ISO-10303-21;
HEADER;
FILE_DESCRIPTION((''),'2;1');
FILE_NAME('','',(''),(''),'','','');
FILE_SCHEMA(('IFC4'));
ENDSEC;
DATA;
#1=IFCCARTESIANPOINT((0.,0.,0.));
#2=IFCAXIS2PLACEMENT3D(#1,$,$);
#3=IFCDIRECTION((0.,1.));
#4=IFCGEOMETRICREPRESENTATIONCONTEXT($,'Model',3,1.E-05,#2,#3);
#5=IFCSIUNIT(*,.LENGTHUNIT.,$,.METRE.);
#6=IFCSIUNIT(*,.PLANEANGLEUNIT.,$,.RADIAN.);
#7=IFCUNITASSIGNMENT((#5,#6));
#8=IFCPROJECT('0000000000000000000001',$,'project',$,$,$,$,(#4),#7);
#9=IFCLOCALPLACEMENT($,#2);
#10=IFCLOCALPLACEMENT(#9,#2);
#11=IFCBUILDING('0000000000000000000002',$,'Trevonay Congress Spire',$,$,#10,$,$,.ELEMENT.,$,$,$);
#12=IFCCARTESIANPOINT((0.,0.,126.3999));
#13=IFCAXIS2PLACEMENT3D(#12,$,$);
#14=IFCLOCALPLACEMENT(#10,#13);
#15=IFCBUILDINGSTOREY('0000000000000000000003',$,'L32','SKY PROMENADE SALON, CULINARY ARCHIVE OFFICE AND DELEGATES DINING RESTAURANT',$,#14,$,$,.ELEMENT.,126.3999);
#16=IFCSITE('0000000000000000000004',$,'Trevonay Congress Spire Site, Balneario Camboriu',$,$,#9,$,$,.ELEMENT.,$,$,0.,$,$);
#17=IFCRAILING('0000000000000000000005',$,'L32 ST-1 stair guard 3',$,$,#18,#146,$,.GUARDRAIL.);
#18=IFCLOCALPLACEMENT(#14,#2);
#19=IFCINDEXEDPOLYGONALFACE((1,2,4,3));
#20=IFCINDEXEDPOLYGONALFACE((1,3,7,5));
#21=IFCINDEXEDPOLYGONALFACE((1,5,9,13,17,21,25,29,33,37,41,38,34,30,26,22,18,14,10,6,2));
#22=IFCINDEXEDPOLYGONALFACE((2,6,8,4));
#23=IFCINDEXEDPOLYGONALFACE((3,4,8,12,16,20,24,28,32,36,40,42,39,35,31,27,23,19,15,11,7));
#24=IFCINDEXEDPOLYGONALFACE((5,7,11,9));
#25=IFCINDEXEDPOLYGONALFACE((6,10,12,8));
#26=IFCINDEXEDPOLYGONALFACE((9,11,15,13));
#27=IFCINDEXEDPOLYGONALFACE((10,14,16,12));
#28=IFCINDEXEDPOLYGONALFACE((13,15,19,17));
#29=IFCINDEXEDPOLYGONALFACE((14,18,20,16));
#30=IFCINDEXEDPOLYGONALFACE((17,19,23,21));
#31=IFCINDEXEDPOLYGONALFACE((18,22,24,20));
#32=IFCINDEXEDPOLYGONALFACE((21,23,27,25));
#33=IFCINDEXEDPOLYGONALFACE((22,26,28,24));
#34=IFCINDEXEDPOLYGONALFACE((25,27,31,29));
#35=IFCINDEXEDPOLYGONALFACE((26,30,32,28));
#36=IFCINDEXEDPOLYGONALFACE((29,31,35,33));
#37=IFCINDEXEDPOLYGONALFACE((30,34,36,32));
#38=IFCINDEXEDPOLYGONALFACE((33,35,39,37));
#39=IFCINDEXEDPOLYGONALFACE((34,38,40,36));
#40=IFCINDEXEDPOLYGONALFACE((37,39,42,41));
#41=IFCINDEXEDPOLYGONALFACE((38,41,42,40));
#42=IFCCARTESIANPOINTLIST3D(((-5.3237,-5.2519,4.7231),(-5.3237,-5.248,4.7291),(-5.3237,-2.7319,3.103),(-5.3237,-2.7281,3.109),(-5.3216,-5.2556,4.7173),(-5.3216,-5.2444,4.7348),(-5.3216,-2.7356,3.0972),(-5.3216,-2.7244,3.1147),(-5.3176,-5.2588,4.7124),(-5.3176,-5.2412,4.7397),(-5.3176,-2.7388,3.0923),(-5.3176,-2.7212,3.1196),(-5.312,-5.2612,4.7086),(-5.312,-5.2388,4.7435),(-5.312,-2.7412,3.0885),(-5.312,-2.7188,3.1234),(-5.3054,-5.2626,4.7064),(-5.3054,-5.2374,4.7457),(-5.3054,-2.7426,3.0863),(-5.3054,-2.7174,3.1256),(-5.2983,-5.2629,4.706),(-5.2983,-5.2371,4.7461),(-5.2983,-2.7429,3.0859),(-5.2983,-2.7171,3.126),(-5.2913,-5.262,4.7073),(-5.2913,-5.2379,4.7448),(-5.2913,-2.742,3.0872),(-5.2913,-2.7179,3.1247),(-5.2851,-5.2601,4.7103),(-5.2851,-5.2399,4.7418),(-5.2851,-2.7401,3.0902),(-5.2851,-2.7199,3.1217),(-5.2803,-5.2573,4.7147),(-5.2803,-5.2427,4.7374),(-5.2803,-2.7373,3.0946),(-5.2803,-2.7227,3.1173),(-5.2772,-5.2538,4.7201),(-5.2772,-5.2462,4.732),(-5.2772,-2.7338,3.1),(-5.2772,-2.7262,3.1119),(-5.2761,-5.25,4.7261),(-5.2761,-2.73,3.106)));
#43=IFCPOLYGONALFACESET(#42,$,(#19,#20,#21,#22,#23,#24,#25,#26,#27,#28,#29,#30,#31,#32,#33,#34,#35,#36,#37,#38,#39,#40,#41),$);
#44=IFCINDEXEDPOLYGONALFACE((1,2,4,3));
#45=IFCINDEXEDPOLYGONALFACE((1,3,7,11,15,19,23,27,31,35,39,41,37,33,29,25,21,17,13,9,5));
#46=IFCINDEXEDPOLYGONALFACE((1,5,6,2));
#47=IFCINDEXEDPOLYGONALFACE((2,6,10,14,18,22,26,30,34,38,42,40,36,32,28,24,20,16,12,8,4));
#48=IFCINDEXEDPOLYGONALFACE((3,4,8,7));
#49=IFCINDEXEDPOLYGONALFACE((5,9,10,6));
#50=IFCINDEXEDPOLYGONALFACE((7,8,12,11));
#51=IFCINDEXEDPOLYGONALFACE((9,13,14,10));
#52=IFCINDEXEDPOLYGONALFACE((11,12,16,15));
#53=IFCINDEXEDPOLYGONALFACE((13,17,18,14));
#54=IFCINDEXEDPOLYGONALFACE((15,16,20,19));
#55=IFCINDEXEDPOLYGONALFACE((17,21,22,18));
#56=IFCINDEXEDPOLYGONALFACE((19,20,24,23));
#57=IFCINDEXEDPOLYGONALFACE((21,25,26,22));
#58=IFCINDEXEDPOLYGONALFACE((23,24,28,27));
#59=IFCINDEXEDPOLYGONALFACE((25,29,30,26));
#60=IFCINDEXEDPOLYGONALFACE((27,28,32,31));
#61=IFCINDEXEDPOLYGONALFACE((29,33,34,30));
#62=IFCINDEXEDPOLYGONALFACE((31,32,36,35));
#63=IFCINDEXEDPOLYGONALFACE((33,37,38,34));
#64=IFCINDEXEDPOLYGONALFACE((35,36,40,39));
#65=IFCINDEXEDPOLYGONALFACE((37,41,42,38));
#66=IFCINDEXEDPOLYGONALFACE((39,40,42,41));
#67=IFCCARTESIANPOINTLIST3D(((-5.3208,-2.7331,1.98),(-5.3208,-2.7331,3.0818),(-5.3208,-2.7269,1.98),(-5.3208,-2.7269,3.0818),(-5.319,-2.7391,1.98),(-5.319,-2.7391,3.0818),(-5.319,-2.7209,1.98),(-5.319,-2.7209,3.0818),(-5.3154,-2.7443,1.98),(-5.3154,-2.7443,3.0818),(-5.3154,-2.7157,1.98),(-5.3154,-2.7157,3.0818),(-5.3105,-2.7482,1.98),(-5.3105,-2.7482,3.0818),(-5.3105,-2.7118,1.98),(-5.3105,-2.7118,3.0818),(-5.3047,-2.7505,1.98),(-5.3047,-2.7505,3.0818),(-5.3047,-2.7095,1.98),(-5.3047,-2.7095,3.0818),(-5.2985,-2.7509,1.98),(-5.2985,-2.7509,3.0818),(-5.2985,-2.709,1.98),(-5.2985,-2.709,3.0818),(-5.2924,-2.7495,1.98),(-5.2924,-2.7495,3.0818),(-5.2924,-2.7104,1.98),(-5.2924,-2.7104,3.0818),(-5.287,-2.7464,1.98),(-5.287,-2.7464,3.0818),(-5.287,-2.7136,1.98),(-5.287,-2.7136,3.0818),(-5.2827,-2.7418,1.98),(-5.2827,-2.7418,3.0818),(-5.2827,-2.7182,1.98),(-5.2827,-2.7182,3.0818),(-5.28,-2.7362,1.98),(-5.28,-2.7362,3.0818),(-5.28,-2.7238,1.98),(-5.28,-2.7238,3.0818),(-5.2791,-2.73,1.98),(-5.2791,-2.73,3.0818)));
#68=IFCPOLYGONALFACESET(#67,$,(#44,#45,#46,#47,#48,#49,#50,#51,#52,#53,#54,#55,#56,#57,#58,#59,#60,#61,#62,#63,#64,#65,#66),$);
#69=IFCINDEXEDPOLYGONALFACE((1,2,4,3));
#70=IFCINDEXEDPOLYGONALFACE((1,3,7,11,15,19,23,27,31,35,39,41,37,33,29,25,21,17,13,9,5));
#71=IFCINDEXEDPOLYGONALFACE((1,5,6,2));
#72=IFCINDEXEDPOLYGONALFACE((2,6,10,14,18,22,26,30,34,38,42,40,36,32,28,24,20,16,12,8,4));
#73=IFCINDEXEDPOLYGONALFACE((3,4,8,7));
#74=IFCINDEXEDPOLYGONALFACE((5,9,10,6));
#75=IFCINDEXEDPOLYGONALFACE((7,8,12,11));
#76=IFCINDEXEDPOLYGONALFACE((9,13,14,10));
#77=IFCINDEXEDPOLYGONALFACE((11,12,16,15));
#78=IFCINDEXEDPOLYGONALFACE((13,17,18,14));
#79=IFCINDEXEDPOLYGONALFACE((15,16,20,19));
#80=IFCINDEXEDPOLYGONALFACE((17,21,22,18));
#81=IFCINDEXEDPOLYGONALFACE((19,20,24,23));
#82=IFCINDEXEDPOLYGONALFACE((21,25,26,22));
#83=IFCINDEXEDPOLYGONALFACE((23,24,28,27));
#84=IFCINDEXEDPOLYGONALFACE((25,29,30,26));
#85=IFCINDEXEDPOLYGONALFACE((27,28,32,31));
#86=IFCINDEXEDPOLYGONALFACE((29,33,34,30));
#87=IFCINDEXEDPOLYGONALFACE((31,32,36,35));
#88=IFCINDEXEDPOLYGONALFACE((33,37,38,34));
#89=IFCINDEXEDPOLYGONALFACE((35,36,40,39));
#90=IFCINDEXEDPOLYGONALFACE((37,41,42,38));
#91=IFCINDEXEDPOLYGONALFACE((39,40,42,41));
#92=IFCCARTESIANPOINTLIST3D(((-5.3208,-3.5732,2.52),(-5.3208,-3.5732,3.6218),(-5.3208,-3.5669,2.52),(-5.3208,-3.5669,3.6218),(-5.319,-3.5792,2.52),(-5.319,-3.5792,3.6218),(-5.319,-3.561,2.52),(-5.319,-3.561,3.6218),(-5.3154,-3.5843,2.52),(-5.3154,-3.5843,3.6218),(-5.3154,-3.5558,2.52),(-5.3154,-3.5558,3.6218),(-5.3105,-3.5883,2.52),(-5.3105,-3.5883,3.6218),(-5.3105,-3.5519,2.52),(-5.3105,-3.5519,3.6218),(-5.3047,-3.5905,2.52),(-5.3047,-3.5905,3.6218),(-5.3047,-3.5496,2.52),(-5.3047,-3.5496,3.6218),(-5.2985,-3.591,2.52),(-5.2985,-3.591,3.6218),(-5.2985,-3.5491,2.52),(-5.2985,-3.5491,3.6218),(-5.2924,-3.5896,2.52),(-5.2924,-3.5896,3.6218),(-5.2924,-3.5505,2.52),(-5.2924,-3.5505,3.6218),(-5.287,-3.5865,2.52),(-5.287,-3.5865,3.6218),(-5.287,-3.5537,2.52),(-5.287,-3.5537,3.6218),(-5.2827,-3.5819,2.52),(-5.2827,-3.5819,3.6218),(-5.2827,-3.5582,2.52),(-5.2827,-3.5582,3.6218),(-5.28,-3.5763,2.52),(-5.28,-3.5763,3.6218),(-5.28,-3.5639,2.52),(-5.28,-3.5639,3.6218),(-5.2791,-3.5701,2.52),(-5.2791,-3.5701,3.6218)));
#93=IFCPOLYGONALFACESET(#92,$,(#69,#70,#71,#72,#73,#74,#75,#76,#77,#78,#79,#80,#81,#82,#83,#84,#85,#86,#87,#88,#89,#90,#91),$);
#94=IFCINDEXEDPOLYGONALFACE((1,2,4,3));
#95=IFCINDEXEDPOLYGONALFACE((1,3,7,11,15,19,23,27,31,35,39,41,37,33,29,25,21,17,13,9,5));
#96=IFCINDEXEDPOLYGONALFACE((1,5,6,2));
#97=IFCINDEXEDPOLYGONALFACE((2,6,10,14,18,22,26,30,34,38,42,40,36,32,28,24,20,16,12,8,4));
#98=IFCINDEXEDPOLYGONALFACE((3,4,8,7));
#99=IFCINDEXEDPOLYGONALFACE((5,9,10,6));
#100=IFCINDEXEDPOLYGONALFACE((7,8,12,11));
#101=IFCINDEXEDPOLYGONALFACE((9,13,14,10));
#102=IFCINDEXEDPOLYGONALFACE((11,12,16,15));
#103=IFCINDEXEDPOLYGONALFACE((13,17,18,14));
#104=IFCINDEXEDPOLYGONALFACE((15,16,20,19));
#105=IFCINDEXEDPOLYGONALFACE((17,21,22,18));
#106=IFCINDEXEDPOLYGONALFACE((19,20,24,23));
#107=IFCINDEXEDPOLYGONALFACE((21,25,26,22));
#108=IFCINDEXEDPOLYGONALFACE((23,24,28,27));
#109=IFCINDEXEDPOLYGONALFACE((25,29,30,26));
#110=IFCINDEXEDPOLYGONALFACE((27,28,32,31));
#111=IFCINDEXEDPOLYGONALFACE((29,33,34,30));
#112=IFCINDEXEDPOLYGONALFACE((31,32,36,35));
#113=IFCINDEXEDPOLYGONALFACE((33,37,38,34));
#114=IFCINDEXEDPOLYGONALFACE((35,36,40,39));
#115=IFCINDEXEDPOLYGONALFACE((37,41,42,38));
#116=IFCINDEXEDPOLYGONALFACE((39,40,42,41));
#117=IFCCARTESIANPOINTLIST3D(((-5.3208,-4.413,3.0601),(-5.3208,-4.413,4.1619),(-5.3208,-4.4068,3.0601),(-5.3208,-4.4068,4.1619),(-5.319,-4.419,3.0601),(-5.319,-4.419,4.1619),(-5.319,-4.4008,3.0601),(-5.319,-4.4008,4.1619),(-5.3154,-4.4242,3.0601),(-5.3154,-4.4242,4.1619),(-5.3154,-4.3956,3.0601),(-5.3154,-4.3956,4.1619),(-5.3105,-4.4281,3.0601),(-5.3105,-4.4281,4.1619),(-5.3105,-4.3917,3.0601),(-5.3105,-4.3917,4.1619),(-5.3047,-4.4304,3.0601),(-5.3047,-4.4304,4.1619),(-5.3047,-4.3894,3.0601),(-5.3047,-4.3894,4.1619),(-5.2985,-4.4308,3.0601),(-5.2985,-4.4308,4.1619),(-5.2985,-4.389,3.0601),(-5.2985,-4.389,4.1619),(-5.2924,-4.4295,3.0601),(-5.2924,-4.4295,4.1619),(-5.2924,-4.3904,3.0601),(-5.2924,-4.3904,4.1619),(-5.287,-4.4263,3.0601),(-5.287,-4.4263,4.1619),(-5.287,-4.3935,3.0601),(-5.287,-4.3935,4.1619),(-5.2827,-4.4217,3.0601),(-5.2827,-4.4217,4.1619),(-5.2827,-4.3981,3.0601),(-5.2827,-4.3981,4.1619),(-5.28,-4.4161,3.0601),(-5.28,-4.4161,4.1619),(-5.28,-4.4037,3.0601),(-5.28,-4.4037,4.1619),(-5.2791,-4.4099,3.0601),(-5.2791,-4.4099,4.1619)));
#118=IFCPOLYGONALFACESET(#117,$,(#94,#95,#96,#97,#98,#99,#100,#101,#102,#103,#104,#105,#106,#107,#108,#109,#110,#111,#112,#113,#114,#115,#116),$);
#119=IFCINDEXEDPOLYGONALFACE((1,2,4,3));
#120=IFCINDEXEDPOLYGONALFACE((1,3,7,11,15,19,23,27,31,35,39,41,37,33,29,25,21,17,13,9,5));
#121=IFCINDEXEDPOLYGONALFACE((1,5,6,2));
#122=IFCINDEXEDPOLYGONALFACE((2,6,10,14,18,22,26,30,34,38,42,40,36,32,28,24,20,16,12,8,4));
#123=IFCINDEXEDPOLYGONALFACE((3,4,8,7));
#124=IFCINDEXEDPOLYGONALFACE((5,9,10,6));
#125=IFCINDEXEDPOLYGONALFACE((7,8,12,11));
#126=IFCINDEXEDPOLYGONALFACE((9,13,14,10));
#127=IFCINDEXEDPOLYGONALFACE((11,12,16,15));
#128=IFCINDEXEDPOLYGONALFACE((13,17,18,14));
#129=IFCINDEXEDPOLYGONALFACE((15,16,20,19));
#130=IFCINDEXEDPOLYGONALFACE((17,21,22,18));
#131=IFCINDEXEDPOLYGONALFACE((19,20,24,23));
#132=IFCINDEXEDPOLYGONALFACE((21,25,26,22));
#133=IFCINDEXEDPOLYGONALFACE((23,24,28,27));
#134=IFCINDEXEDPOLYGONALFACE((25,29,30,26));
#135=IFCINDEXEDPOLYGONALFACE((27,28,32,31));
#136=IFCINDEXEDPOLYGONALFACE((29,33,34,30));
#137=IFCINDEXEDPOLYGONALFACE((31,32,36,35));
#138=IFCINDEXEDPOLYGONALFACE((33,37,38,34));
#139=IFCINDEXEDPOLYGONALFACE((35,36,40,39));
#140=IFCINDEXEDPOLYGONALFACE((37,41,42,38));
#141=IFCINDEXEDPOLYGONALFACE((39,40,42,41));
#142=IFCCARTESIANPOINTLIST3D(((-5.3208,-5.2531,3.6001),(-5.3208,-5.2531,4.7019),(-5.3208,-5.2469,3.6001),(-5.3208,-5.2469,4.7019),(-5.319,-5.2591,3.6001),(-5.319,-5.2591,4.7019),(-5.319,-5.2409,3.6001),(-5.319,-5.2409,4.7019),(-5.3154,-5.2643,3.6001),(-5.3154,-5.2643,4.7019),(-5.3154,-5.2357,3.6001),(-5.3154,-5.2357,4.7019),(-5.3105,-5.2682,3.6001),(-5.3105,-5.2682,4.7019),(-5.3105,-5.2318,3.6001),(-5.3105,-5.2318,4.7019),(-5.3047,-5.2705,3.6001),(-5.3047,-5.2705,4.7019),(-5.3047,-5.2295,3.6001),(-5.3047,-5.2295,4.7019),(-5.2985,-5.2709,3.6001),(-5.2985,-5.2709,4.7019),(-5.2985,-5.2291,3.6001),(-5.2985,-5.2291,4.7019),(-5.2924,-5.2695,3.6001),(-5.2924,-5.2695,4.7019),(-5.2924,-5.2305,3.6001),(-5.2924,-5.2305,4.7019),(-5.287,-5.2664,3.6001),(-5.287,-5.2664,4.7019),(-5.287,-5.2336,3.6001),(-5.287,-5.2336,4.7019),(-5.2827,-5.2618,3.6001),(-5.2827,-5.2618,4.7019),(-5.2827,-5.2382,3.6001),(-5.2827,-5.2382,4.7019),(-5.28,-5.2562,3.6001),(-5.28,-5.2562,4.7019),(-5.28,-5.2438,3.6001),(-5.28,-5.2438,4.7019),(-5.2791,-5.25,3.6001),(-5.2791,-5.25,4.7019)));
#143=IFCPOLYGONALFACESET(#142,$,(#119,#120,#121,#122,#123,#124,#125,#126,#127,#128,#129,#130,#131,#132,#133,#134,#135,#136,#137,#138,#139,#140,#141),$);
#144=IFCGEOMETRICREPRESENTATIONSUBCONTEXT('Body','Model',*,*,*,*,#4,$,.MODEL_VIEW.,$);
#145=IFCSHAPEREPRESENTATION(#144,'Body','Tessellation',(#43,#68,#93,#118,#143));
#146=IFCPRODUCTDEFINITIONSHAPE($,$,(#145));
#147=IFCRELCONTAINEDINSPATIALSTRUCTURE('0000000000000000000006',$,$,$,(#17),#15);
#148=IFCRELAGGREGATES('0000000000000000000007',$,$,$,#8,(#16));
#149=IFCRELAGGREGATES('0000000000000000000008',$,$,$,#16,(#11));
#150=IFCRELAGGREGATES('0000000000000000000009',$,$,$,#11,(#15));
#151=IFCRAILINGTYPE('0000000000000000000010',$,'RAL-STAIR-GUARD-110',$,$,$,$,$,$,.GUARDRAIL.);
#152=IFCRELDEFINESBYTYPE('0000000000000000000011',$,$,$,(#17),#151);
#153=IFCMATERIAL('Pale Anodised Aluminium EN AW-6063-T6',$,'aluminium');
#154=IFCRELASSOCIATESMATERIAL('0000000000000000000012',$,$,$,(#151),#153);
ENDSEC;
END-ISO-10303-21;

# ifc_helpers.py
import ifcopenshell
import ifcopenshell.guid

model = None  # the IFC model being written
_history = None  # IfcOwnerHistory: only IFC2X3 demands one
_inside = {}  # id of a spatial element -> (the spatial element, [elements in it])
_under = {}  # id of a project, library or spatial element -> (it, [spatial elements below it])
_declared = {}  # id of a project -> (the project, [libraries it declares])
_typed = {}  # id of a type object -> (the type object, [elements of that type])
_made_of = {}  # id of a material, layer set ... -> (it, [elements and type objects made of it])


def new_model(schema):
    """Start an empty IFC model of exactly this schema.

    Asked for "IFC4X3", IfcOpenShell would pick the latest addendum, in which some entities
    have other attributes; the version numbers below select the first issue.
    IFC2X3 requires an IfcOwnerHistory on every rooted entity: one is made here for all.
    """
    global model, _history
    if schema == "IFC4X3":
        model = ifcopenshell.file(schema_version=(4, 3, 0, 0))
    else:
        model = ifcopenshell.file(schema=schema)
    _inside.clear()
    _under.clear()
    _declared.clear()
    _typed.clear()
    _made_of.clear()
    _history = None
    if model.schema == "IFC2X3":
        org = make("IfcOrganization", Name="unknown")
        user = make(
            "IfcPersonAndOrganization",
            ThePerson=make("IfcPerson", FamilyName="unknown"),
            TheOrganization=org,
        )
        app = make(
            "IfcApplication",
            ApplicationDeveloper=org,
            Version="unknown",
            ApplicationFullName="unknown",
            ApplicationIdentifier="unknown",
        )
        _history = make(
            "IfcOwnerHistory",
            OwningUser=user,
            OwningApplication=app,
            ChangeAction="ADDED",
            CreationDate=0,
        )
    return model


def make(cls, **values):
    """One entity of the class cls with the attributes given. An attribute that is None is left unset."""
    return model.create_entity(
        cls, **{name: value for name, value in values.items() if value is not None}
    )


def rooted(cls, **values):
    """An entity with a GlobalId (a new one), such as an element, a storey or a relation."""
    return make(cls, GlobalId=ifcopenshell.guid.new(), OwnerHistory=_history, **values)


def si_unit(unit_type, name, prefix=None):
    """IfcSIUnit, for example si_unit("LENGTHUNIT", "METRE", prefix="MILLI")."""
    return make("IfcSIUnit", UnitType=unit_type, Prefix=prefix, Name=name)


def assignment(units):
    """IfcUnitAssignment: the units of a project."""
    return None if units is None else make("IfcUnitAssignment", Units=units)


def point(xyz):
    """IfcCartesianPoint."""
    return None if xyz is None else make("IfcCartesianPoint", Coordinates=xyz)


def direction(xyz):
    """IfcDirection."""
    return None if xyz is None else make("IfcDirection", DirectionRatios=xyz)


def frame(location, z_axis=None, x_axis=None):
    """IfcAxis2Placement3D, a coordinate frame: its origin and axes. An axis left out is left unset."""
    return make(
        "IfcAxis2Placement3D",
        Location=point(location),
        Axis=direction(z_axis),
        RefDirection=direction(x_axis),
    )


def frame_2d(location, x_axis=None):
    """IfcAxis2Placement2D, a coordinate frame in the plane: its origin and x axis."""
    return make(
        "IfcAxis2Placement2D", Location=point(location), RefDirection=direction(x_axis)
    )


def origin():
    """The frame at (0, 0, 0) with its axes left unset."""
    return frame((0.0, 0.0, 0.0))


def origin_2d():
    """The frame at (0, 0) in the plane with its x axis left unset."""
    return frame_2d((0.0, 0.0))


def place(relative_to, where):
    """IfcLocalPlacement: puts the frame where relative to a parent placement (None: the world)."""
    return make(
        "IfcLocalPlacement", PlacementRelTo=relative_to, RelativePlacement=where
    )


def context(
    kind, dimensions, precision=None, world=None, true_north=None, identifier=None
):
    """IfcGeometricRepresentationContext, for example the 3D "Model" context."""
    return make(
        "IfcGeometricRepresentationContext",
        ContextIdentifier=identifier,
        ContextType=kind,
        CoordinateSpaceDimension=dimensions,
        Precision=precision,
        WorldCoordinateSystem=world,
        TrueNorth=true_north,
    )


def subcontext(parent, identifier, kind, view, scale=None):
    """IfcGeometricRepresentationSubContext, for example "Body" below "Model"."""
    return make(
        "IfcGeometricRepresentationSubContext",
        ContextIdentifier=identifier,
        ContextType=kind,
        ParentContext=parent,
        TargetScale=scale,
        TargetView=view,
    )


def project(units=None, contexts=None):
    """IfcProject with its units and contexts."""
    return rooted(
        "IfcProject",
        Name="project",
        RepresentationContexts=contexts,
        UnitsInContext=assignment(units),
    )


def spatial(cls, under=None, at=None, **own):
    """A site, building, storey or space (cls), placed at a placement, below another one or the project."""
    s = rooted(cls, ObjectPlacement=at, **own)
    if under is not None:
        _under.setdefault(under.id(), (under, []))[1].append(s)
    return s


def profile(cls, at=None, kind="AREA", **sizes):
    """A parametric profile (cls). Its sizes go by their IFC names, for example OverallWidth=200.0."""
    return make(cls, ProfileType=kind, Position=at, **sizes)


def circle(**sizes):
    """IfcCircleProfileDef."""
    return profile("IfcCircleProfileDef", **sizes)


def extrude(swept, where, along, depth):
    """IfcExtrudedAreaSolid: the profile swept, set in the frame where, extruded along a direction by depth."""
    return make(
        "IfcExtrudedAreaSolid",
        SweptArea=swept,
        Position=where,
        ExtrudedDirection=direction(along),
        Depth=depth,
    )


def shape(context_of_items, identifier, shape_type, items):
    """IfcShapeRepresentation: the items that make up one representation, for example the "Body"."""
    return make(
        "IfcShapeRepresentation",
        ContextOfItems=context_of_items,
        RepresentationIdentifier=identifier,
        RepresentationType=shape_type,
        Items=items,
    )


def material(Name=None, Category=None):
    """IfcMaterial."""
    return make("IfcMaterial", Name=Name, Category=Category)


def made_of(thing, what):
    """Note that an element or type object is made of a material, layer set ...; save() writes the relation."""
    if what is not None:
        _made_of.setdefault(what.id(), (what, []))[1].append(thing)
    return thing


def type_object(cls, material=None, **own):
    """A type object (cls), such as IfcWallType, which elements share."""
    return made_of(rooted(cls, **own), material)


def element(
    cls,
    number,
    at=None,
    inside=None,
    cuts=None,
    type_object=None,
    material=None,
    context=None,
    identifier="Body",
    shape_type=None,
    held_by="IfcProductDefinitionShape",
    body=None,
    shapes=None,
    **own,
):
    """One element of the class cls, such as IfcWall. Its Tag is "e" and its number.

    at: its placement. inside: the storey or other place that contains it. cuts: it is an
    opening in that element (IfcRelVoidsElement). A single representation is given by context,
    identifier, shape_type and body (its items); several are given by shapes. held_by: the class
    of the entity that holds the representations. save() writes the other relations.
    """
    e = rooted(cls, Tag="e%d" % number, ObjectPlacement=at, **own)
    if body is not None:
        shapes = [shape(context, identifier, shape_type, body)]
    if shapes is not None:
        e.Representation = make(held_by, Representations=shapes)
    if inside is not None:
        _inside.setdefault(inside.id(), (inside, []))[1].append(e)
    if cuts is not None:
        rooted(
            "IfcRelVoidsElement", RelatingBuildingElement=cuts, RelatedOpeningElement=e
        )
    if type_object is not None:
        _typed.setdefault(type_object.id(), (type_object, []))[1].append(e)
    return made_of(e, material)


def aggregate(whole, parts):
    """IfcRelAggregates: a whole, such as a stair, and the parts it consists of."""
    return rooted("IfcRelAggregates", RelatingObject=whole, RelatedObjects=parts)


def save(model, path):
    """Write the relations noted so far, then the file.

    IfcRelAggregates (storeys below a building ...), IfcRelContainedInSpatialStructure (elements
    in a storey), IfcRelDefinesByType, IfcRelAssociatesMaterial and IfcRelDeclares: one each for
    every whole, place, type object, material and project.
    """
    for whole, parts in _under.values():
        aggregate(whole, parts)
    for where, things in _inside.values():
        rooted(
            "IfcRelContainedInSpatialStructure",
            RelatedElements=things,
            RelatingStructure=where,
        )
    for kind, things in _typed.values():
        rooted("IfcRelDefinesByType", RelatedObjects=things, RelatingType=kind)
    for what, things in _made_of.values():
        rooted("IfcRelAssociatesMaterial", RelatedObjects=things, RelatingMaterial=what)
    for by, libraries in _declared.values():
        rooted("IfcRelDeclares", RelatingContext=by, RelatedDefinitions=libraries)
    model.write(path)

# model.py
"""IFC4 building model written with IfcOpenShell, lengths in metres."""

from ifc_helpers import new_model, si_unit, direction, frame, origin, origin_2d, place, context, subcontext, project, spatial, circle, extrude, material, type_object, element, save


model = new_model("IFC4")

# Units and contexts
model_context = context("Model", 3, precision=1e-05, world=origin(), true_north=direction((0.0, 1.0)))
body_context = subcontext(model_context, "Body", "Model", "MODEL_VIEW")
ifc_project = project(units=[si_unit("LENGTHUNIT", "METRE"), si_unit("PLANEANGLEUNIT", "RADIAN")], contexts=[model_context])

# Site, building, storey
site_placement = place(None, origin())
site = spatial("IfcSite", under=ifc_project, at=site_placement, Name="Trevonay Congress Spire Site, Balneario Camboriu", CompositionType="ELEMENT", RefElevation=0.0)
building_placement = place(site_placement, origin())
building = spatial("IfcBuilding", under=site, at=building_placement, Name="Trevonay Congress Spire", CompositionType="ELEMENT")
storey_placement = place(building_placement, frame((0.0, 0.0, 126.3999)))
storey = spatial("IfcBuildingStorey", under=building, at=storey_placement, Name="L32", Description="SKY PROMENADE SALON, CULINARY ARCHIVE OFFICE AND DELEGATES DINING RESTAURANT", CompositionType="ELEMENT", Elevation=126.3999)

# Shared definitions
ifc_material_1 = material(Name="Pale Anodised Aluminium EN AW-6063-T6", Category="aluminium")

# Railing
railing_type_1 = type_object("IfcRailingType", Name="RAL-STAIR-GUARD-110", PredefinedType="GUARDRAIL", material=ifc_material_1)
railing_1_placement = place(storey_placement, frame((-5.3, -2.73, 1.98)))
element("IfcRailing", 1, at=railing_1_placement, inside=storey, type_object=railing_type_1, Name="L32 ST-1 stair guard 3", PredefinedType="GUARDRAIL", context=body_context, shape_type="SweptSolid", body=[
    extrude(circle(Radius=0.0239, at=origin_2d()), frame((0.0, 0.0, 1.126), z_axis=(0.0, -0.841163, 0.540782), x_axis=(1.0, 0.0, 0.0)), (0.0, 0.0, 1.0), 2.9958),
    extrude(circle(Radius=0.021, at=origin_2d()), origin(), (0.0, 0.0, 1.0), 1.1018),
    extrude(circle(Radius=0.021, at=origin_2d()), frame((0.0, -0.8401, 0.54)), (0.0, 0.0, 1.0), 1.1018),
    extrude(circle(Radius=0.021, at=origin_2d()), frame((0.0, -1.6799, 1.0801)), (0.0, 0.0, 1.0), 1.1018),
    extrude(circle(Radius=0.021, at=origin_2d()), frame((0.0, -2.52, 1.6201)), (0.0, 0.0, 1.0), 1.1018),
])

save(model, "model.ifc")
